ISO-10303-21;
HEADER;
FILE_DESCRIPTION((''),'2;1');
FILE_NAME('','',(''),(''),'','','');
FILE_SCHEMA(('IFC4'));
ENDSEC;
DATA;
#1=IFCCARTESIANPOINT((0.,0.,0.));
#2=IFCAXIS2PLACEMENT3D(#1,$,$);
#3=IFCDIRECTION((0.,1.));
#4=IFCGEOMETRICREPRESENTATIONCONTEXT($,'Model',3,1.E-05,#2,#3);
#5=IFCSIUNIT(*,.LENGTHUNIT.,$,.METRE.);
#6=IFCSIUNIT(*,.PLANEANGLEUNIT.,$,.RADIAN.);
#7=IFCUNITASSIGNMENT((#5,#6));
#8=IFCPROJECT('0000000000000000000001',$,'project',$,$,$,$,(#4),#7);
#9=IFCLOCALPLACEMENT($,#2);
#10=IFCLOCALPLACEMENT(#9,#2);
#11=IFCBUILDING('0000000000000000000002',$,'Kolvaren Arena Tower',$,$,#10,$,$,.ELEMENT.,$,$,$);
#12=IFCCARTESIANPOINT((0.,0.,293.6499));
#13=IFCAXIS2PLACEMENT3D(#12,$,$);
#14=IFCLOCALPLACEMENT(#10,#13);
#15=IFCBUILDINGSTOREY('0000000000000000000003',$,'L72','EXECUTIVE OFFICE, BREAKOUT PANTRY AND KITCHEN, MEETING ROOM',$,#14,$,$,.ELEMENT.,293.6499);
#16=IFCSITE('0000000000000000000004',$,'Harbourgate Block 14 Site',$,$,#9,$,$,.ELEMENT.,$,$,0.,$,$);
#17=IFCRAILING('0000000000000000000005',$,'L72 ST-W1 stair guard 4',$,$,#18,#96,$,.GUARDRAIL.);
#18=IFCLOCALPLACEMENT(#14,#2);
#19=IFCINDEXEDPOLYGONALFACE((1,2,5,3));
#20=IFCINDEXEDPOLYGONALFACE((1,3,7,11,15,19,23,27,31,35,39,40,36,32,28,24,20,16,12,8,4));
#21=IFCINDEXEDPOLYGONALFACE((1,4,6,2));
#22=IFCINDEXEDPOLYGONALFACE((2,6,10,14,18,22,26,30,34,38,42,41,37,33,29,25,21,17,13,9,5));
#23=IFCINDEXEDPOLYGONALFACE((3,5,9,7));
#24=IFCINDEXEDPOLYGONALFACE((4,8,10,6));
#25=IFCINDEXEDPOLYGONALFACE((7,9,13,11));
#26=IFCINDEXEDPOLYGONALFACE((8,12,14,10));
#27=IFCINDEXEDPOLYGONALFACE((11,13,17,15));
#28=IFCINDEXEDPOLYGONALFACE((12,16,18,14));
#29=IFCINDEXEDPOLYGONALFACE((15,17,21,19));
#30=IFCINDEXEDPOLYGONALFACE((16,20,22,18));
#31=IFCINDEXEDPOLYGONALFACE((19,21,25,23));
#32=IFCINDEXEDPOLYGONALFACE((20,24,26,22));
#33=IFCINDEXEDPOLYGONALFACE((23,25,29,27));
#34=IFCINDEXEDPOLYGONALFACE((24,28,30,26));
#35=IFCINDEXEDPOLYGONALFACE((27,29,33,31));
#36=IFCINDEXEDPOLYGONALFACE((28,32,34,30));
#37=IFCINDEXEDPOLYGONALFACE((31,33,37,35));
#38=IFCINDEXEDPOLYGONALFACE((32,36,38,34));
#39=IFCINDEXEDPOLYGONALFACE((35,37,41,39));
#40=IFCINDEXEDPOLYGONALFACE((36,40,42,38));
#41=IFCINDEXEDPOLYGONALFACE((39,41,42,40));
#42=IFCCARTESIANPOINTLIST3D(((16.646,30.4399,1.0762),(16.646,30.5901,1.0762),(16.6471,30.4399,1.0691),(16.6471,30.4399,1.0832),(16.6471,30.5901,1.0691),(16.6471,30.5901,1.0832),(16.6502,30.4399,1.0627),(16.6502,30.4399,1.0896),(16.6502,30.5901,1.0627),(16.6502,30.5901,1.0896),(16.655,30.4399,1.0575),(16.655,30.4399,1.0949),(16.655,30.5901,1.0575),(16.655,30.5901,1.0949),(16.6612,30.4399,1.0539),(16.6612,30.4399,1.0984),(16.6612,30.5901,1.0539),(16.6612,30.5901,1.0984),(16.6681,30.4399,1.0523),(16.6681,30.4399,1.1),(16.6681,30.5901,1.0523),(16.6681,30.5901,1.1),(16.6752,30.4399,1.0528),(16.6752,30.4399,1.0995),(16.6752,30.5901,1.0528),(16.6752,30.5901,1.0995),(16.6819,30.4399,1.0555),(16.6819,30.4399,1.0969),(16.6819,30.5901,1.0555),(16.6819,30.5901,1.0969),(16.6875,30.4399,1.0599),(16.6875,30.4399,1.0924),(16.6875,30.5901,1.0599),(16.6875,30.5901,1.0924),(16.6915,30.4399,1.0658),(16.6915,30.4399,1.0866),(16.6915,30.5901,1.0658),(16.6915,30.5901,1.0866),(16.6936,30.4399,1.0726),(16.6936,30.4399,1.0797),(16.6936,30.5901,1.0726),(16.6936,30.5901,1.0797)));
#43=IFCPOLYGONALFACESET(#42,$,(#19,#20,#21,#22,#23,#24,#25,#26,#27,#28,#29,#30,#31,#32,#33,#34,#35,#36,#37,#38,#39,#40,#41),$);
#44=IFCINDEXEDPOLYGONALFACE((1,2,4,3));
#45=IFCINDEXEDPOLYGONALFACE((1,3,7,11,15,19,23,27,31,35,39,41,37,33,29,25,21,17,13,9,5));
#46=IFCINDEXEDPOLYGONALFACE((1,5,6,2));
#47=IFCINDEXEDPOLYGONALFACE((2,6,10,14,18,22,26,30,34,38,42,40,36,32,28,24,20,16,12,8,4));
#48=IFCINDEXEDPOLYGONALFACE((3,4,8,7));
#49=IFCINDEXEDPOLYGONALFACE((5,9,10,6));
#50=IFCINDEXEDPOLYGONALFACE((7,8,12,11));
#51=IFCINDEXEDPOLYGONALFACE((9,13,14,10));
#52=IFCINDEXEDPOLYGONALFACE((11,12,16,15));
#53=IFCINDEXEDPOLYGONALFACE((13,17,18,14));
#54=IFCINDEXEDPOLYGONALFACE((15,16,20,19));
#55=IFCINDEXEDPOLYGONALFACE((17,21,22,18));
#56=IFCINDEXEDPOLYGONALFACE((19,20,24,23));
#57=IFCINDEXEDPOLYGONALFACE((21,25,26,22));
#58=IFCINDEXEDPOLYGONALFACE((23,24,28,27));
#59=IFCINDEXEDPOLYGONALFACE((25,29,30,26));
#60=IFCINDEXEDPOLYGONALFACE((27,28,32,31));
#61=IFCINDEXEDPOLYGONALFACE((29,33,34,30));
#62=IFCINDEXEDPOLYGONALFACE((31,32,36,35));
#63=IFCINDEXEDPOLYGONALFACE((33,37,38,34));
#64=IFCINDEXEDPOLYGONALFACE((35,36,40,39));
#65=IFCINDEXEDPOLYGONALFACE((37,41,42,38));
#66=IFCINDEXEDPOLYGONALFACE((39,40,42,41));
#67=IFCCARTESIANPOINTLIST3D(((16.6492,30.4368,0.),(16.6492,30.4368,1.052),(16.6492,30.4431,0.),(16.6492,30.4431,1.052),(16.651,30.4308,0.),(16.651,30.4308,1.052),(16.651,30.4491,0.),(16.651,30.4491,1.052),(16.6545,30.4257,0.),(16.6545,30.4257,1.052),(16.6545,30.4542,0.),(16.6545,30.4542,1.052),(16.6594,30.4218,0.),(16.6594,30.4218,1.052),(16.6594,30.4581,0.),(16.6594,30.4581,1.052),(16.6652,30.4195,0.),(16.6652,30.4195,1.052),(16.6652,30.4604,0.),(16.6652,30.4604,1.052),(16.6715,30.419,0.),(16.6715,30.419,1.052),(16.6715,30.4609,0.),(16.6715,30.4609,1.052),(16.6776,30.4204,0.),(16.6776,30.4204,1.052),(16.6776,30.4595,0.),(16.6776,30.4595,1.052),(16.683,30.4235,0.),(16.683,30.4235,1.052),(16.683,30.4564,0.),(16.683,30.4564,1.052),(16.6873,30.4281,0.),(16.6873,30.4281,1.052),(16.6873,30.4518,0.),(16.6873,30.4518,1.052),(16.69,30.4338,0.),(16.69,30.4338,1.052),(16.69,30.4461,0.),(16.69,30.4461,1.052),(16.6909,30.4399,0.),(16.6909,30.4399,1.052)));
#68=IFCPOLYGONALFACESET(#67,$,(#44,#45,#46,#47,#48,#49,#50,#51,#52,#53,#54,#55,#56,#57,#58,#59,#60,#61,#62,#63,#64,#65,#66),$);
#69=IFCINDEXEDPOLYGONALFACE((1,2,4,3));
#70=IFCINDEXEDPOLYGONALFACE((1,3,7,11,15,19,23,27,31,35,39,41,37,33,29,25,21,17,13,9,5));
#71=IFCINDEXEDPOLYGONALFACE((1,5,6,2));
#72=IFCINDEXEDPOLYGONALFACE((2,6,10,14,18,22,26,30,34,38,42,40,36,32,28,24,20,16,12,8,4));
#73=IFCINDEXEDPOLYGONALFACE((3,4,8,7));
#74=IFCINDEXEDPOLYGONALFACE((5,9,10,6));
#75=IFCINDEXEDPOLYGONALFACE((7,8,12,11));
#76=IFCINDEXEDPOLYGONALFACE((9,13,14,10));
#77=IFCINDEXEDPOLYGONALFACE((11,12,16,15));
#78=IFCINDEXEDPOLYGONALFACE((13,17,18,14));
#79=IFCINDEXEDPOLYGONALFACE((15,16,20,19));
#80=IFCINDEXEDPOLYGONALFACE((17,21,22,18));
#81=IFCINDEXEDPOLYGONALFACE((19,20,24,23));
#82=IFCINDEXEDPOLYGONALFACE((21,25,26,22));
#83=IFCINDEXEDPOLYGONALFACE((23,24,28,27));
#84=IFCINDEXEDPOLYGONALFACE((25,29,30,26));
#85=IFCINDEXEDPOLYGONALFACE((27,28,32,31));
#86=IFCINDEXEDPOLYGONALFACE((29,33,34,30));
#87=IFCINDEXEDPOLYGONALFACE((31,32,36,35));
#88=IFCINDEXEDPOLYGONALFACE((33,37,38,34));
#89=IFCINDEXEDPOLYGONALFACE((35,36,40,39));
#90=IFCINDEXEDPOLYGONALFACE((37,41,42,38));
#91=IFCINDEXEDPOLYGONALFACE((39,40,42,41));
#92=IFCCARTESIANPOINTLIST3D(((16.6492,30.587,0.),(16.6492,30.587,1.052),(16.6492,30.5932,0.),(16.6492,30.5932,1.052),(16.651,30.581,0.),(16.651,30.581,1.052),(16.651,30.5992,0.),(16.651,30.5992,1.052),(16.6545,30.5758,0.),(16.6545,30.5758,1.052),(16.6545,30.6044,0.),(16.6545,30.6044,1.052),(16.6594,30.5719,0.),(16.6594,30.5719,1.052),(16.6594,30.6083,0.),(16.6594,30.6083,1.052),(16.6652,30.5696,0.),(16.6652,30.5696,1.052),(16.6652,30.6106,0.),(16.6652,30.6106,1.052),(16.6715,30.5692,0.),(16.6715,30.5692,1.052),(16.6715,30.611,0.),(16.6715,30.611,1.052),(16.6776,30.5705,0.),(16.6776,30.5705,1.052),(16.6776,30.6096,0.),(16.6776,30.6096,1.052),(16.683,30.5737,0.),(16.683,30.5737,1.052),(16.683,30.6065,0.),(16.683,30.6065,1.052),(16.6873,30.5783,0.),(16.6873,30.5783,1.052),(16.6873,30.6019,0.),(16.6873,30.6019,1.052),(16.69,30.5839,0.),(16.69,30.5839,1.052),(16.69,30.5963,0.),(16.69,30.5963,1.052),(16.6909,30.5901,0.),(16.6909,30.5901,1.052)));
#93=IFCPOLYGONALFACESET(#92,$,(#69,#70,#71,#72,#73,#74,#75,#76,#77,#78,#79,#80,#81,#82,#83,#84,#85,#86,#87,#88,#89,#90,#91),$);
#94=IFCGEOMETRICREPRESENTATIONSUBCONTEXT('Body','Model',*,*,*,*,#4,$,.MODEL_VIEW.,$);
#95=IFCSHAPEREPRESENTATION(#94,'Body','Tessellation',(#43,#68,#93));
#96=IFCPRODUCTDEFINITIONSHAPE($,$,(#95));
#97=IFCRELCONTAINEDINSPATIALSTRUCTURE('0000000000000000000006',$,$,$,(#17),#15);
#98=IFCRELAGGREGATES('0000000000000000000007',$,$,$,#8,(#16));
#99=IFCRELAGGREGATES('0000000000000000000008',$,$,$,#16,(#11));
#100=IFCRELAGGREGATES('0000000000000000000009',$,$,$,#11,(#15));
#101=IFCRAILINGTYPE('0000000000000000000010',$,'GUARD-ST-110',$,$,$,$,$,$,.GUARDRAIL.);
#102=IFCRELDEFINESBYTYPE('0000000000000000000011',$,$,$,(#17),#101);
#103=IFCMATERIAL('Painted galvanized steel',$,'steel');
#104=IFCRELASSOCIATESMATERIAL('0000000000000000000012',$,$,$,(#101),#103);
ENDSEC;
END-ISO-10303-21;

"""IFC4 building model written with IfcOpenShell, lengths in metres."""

from ifc_helpers import new_model, si_unit, direction, frame, origin, origin_2d, place, context, subcontext, project, spatial, circle, extrude, material, type_object, element, save


model = new_model("IFC4")

# Units and contexts
model_context = context("Model", 3, precision=1e-05, world=origin(), true_north=direction((0.0, 1.0)))
body_context = subcontext(model_context, "Body", "Model", "MODEL_VIEW")
ifc_project = project(units=[si_unit("LENGTHUNIT", "METRE"), si_unit("PLANEANGLEUNIT", "RADIAN")], contexts=[model_context])

# Site, building, storey
site_placement = place(None, origin())
site = spatial("IfcSite", under=ifc_project, at=site_placement, Name="Harbourgate Block 14 Site", CompositionType="ELEMENT", RefElevation=0.0)
building_placement = place(site_placement, origin())
building = spatial("IfcBuilding", under=site, at=building_placement, Name="Kolvaren Arena Tower", CompositionType="ELEMENT")
storey_placement = place(building_placement, frame((0.0, 0.0, 293.6499)))
storey = spatial("IfcBuildingStorey", under=building, at=storey_placement, Name="L72", Description="EXECUTIVE OFFICE, BREAKOUT PANTRY AND KITCHEN, MEETING ROOM", CompositionType="ELEMENT", Elevation=293.6499)

# Railing
ifc_material_1 = material(Name="Painted galvanized steel", Category="steel")
railing_type_1 = type_object("IfcRailingType", Name="GUARD-ST-110", PredefinedType="GUARDRAIL", material=ifc_material_1)
railing_1_placement = place(storey_placement, frame((16.6699, 30.4399, 0.0)))
element("IfcRailing", 1, at=railing_1_placement, inside=storey, type_object=railing_type_1, Name="L72 ST-W1 stair guard 4", PredefinedType="GUARDRAIL", context=body_context, shape_type="SweptSolid", body=[
    extrude(circle(Radius=0.0239, at=origin_2d()), frame((0.0, 0.0, 1.0762), z_axis=(0.0, 1.0, 0.0), x_axis=(-1.0, 0.0, 0.0)), (0.0, 0.0, 1.0), 0.1501),
    extrude(circle(Radius=0.021, at=origin_2d()), origin(), (0.0, 0.0, 1.0), 1.052),
    extrude(circle(Radius=0.021, at=origin_2d()), frame((0.0, 0.1501, 0.0)), (0.0, 0.0, 1.0), 1.052),
])

save(model, "model.ifc")
